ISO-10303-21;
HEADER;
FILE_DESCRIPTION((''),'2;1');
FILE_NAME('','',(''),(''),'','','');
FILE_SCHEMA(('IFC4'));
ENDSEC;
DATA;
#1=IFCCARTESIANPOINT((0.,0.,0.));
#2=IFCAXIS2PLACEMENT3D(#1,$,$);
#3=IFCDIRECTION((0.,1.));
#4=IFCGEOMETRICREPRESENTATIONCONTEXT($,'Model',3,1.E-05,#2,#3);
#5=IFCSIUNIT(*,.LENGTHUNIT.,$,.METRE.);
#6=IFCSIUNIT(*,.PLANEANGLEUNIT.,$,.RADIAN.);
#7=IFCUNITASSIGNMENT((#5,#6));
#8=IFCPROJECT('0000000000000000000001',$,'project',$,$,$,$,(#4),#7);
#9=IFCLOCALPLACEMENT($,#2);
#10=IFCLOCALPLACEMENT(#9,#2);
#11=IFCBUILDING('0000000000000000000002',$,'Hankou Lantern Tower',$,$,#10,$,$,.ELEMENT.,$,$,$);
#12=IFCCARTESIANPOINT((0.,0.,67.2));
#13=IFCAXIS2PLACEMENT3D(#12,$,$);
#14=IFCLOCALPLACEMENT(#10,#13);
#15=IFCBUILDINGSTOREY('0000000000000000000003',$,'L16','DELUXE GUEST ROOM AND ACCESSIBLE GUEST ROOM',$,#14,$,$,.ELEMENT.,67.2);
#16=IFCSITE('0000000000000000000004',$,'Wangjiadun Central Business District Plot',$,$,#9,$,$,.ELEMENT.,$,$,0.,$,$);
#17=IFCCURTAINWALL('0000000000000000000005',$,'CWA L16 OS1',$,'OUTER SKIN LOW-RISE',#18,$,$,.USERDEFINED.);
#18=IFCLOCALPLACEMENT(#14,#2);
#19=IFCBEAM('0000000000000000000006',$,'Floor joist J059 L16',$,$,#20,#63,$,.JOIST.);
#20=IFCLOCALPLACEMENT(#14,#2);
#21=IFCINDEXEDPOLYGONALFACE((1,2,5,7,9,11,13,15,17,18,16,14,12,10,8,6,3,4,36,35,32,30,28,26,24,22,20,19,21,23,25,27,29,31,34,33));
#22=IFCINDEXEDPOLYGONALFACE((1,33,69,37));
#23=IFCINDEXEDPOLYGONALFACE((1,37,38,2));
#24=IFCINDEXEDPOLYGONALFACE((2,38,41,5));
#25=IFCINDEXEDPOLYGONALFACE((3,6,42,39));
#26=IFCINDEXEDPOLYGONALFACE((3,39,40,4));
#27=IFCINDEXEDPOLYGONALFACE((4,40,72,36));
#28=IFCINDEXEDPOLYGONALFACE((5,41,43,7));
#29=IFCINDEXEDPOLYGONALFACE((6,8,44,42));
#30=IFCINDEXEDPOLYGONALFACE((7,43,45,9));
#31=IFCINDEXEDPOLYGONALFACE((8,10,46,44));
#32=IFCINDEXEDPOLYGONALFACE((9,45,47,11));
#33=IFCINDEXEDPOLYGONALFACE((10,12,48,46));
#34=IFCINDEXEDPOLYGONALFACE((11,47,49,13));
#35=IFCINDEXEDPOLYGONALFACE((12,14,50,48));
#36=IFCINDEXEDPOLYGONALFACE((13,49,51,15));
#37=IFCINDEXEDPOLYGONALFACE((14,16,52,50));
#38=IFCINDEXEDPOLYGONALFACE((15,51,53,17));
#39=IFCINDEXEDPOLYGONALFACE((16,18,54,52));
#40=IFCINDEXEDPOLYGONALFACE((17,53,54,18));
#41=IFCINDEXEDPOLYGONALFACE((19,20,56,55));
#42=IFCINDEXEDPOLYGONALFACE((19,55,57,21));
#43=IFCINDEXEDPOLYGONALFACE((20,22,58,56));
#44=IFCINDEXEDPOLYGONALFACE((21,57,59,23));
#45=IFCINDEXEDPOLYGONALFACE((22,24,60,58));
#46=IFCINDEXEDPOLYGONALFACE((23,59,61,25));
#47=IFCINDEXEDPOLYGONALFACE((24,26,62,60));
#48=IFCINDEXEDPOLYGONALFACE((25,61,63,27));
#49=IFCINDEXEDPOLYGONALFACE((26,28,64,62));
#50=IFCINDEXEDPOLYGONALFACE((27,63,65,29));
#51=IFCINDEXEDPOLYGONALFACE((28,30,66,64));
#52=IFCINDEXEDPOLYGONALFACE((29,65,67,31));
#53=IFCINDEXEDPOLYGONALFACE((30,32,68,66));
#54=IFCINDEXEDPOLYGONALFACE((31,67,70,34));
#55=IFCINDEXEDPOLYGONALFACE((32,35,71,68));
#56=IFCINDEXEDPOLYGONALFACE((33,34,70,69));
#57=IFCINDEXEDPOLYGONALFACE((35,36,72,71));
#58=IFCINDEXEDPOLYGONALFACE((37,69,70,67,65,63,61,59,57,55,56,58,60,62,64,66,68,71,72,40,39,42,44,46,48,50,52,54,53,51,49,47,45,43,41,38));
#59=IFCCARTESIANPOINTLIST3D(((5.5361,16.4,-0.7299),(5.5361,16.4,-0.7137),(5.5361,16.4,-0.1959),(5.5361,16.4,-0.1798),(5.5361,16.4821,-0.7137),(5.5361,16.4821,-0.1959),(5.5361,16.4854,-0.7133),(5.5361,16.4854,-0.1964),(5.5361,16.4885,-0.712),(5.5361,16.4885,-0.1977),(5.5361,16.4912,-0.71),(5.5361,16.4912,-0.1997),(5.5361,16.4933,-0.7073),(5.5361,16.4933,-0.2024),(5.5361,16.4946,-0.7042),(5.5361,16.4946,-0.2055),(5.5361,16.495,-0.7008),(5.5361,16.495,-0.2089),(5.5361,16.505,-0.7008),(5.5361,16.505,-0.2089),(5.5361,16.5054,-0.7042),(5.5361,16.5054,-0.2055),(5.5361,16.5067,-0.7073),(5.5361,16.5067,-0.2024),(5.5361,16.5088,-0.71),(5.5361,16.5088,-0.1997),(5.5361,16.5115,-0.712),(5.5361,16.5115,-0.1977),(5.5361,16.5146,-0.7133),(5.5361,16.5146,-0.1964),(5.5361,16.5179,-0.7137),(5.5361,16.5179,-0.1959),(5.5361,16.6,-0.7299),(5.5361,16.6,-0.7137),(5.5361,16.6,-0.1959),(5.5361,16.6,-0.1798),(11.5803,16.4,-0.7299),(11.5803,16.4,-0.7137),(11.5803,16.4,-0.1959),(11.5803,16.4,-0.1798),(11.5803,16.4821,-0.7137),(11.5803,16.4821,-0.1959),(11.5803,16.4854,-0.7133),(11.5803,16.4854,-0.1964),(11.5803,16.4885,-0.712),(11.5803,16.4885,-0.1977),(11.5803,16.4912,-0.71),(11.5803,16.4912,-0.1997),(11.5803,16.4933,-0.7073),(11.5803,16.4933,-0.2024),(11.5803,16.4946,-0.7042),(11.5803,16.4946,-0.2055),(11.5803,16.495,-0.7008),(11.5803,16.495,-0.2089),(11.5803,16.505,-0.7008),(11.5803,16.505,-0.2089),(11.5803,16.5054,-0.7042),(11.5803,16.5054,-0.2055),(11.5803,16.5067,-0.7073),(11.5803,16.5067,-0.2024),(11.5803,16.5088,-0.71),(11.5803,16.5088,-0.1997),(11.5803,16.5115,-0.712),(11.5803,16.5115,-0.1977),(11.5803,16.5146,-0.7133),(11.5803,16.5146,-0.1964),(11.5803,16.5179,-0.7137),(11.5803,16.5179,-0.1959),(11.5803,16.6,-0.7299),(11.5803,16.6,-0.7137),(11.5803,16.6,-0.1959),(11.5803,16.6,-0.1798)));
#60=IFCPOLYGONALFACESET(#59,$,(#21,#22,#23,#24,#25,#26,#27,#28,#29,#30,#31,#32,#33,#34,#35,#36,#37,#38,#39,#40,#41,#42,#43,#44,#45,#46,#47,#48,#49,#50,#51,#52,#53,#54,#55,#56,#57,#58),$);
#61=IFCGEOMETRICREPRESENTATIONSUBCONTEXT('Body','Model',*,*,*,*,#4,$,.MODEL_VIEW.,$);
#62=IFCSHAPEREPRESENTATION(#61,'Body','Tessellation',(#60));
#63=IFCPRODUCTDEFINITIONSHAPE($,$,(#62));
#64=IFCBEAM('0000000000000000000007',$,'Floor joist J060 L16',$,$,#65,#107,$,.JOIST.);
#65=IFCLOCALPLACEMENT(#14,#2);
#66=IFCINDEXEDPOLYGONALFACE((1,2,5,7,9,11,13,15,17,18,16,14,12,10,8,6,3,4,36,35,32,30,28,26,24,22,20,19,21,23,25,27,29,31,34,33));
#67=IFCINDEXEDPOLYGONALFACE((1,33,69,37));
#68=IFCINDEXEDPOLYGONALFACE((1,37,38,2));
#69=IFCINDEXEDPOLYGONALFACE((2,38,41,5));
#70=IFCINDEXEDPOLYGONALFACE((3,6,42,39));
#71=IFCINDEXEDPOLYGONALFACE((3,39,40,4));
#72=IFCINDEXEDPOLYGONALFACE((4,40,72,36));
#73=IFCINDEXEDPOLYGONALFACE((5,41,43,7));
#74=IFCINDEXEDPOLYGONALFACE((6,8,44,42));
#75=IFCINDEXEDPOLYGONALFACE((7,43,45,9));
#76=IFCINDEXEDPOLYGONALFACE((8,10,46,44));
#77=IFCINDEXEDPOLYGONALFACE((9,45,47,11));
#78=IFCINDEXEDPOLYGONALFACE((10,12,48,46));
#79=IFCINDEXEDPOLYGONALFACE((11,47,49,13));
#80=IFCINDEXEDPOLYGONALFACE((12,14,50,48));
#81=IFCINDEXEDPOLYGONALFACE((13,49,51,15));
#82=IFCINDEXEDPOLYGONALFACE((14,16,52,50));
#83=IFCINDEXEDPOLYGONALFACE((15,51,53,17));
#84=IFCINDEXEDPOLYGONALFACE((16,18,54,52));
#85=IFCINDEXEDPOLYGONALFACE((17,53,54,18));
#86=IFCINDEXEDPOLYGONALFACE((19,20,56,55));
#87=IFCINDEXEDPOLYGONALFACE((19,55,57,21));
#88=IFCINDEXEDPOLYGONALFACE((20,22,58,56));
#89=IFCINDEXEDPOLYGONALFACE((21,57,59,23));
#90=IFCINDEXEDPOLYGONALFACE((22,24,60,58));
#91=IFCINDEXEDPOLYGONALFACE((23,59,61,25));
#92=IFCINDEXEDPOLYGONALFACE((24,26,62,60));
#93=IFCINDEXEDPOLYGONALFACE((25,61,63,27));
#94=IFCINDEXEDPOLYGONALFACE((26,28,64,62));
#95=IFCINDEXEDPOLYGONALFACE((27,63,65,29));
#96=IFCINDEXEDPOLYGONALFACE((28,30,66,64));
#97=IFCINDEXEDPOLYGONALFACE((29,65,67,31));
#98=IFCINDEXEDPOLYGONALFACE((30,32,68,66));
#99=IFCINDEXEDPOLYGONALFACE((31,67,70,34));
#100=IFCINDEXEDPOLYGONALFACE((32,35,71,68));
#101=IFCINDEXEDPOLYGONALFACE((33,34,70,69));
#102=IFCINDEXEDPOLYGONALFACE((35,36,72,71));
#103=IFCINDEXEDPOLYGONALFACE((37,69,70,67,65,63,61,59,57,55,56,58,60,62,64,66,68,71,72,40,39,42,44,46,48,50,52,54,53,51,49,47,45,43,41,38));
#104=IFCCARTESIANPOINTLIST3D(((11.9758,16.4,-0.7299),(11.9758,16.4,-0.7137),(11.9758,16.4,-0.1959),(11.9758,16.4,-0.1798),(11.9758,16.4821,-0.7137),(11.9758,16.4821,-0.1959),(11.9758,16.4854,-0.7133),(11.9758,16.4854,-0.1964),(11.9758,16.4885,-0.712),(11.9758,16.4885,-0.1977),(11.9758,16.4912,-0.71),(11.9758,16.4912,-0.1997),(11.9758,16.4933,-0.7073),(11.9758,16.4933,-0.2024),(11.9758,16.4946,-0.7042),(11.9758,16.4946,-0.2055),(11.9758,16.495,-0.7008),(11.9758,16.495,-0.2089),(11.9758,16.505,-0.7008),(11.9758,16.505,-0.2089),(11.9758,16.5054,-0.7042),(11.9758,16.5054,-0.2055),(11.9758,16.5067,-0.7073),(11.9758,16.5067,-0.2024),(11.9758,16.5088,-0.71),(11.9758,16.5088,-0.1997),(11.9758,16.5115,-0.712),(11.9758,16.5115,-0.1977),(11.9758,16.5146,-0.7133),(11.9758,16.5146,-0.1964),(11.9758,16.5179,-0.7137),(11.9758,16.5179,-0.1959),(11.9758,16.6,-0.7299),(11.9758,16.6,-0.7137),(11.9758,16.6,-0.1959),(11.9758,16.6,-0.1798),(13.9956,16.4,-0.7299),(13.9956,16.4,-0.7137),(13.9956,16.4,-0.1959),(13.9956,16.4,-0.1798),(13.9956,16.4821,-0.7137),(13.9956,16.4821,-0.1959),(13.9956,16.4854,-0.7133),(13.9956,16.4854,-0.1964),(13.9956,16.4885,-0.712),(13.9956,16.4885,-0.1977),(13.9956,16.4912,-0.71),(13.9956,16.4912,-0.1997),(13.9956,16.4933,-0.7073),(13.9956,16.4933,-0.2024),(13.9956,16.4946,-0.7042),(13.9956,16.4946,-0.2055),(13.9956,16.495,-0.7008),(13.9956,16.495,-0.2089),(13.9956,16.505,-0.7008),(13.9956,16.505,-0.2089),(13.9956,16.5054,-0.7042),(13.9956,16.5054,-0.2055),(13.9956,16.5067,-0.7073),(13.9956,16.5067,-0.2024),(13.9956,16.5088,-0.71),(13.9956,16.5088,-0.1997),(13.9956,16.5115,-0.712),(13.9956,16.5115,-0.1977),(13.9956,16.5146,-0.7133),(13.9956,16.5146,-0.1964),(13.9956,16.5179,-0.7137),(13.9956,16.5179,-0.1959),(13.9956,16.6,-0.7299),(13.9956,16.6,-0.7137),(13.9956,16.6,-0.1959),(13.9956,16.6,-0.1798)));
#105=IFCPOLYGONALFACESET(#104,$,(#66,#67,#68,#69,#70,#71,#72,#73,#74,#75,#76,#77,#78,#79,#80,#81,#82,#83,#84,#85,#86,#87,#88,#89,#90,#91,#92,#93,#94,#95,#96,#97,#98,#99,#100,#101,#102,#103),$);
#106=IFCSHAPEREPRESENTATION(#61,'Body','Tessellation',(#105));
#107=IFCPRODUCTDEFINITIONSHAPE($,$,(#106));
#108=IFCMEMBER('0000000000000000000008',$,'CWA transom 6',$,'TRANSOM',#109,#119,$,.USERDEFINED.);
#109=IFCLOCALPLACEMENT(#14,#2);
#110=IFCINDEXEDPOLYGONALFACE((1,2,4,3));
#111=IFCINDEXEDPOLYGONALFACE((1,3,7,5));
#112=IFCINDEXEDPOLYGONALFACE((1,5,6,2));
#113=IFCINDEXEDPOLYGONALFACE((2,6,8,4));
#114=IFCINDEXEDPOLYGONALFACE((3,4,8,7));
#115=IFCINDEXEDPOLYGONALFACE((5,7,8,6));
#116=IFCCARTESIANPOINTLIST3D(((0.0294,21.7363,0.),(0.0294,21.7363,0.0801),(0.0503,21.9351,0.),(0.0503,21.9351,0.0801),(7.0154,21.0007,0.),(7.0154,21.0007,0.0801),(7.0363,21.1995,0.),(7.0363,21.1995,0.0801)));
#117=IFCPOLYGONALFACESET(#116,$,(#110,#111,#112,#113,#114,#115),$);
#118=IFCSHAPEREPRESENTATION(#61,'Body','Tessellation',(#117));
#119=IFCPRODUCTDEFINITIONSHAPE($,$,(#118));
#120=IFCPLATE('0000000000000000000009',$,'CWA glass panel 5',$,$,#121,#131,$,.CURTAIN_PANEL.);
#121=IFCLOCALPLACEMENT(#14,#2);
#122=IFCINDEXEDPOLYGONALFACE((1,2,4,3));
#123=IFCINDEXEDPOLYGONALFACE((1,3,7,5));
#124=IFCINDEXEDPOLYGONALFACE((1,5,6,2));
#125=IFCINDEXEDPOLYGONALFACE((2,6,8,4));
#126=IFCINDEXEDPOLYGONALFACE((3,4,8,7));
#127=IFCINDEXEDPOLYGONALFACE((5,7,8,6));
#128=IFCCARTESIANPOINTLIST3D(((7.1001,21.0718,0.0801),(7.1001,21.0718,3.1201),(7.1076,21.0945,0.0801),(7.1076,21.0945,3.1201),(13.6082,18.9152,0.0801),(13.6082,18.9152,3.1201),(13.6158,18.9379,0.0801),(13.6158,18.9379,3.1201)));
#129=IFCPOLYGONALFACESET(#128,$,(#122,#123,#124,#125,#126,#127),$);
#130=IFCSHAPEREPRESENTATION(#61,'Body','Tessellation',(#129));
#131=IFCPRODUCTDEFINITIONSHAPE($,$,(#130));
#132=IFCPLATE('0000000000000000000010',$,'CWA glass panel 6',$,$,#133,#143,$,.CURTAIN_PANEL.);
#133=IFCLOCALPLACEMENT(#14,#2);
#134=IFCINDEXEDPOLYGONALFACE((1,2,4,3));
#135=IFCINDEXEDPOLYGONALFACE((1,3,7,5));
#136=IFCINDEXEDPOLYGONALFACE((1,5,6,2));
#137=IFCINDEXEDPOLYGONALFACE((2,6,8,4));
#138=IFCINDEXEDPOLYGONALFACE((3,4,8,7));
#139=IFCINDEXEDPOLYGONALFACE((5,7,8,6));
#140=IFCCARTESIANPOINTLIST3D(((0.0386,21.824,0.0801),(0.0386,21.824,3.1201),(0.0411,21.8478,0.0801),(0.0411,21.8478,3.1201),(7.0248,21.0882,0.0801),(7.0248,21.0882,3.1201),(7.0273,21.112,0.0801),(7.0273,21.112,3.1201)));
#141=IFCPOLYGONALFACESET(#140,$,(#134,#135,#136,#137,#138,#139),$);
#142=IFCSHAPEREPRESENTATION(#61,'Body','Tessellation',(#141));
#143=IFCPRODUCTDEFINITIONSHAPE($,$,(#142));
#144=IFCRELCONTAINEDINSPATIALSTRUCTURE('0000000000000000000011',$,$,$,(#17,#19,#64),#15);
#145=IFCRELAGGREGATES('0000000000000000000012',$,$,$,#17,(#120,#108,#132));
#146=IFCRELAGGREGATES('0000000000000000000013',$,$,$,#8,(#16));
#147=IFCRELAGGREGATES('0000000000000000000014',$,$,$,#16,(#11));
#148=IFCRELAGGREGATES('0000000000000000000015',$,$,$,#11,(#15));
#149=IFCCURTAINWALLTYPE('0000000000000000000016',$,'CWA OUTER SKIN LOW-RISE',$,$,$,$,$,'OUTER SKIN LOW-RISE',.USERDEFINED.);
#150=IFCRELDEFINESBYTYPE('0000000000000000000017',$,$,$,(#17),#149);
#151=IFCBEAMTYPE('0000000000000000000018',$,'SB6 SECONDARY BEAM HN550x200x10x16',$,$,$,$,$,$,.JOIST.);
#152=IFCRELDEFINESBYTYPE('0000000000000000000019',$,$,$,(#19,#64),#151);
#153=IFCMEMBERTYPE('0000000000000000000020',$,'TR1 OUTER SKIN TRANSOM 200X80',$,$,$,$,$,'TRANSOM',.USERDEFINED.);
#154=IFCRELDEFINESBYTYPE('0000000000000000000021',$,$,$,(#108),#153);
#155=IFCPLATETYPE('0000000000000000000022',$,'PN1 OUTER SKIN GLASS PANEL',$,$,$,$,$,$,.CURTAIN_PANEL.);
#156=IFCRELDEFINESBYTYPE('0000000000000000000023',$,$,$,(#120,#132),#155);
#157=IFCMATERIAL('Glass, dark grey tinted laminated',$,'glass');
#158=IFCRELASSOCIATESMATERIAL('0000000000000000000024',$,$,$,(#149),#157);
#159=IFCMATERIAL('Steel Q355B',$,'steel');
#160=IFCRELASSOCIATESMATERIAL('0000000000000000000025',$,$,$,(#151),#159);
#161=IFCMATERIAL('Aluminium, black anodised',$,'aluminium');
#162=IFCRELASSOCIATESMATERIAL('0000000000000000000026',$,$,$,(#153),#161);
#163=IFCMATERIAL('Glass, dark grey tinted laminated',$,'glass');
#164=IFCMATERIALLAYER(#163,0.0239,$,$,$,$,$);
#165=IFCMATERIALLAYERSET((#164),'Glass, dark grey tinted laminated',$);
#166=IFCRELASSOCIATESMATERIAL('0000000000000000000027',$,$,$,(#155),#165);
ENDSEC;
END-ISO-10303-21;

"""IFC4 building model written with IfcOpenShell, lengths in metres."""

from ifc_helpers import new_model, si_unit, direction, frame, origin, origin_2d, place, context, subcontext, project, spatial, rectangle, i_section, extrude, material, layer, layer_set, material_profile, profile_set, type_object, element, aggregate, save


model = new_model("IFC4")

# Units and contexts
model_context = context("Model", 3, precision=1e-05, world=origin(), true_north=direction((0.0, 1.0)))
body_context = subcontext(model_context, "Body", "Model", "MODEL_VIEW")
ifc_project = project(units=[si_unit("LENGTHUNIT", "METRE"), si_unit("PLANEANGLEUNIT", "RADIAN")], contexts=[model_context])

# Site, building, storey
site_placement = place(None, origin())
site = spatial("IfcSite", under=ifc_project, at=site_placement, Name="Wangjiadun Central Business District Plot", CompositionType="ELEMENT", RefElevation=0.0)
building_placement = place(site_placement, origin())
building = spatial("IfcBuilding", under=site, at=building_placement, Name="Hankou Lantern Tower", CompositionType="ELEMENT")
storey_placement = place(building_placement, frame((0.0, 0.0, 67.2)))
storey = spatial("IfcBuildingStorey", under=building, at=storey_placement, Name="L16", Description="DELUXE GUEST ROOM AND ACCESSIBLE GUEST ROOM", CompositionType="ELEMENT", Elevation=67.2)

# Curtain wall
ifc_material_1 = material(Name="Glass, dark grey tinted laminated", Category="glass")
curtain_wall_type = type_object("IfcCurtainWallType", Name="CWA OUTER SKIN LOW-RISE", ElementType="OUTER SKIN LOW-RISE", PredefinedType="USERDEFINED", material=ifc_material_1)
curtain_wall_1_placement = place(storey_placement, origin())
curtain_wall_1 = element("IfcCurtainWall", 1, at=curtain_wall_1_placement, inside=storey, type_object=curtain_wall_type, Name="CWA L16 OS1", ObjectType="OUTER SKIN LOW-RISE", PredefinedType="USERDEFINED")

# Beams
ifc_material_2 = material(Name="Steel Q355B", Category="steel")
ifc_material_profile_1 = material_profile(ifc_material_2, i_section(OverallWidth=0.2, OverallDepth=0.55, WebThickness=0.01, FlangeThickness=0.0161, FilletRadius=0.0129, at=origin_2d()), Name="HN550x200x10x16")
ifc_profile_set_1 = profile_set([ifc_material_profile_1], Name="Steel Q355B")
beam_type_1 = type_object("IfcBeamType", Name="SB6 SECONDARY BEAM HN550x200x10x16", PredefinedType="JOIST", material=ifc_profile_set_1)
beam_1_placement = place(storey_placement, frame((5.5361, 16.5, -0.4548), z_axis=(1.0, 0.0, 0.0), x_axis=(0.0, 1.0, 0.0)))
element("IfcBeam", 2, at=beam_1_placement, inside=storey, type_object=beam_type_1, Name="Floor joist J059 L16", PredefinedType="JOIST", context=body_context, shape_type="SweptSolid", body=[
    extrude(i_section(OverallWidth=0.2, OverallDepth=0.55, WebThickness=0.01, FlangeThickness=0.0161, FilletRadius=0.0129, at=origin_2d()), origin(), (0.0, 0.0, 1.0), 6.0442),
])
beam_2_placement = place(storey_placement, frame((11.9758, 16.5, -0.4548), z_axis=(1.0, 0.0, 0.0), x_axis=(0.0, 1.0, 0.0)))
element("IfcBeam", 3, at=beam_2_placement, inside=storey, type_object=beam_type_1, Name="Floor joist J060 L16", PredefinedType="JOIST", context=body_context, shape_type="SweptSolid", body=[
    extrude(i_section(OverallWidth=0.2, OverallDepth=0.55, WebThickness=0.01, FlangeThickness=0.0161, FilletRadius=0.0129, at=origin_2d()), origin(), (0.0, 0.0, 1.0), 2.0198),
])

# Member
ifc_material_3 = material(Name="Aluminium, black anodised", Category="aluminium")
ifc_material_profile_2 = material_profile(ifc_material_3, rectangle(XDim=0.2, YDim=0.0801, at=origin_2d()), Name="TR1 200X80")
ifc_profile_set_2 = profile_set([ifc_material_profile_2], Name="Aluminium, black anodised")
member_type_1 = type_object("IfcMemberType", Name="TR1 OUTER SKIN TRANSOM 200X80", ElementType="TRANSOM", PredefinedType="USERDEFINED", material=ifc_profile_set_2)
member_1_placement = place(storey_placement, frame((7.0259, 21.1001, 0.04), z_axis=(-0.994502, 0.104716, 0.0), x_axis=(-0.104716, -0.994502, 0.0)))
member_1 = element("IfcMember", 4, at=member_1_placement, type_object=member_type_1, Name="CWA transom 6", ObjectType="TRANSOM", PredefinedType="USERDEFINED", context=body_context, shape_type="SweptSolid", body=[
    extrude(rectangle(XDim=0.2, YDim=0.0801, at=origin_2d()), origin(), (0.0, 0.0, 1.0), 7.0247),
])

# Plates
ifc_material_4 = material(Name="Glass, dark grey tinted laminated", Category="glass")
ifc_layer_1 = layer(ifc_material_4, 0.0239)
ifc_layer_set_1 = layer_set([ifc_layer_1], Name="Glass, dark grey tinted laminated")
plate_type = type_object("IfcPlateType", Name="PN1 OUTER SKIN GLASS PANEL", PredefinedType="CURTAIN_PANEL", material=ifc_layer_set_1)
plate_1_placement = place(storey_placement, frame((10.3579, 20.0049, 0.0801), z_axis=(0.0, 0.0, 1.0), x_axis=(-0.949241, 0.314551, 0.0)))
plate_1 = element("IfcPlate", 5, at=plate_1_placement, type_object=plate_type, Name="CWA glass panel 5", PredefinedType="CURTAIN_PANEL", context=body_context, shape_type="SweptSolid", body=[
    extrude(rectangle(XDim=6.8562, YDim=0.0239, at=origin_2d()), origin(), (0.0, 0.0, 1.0), 3.04),
])
plate_2_placement = place(storey_placement, frame((3.533, 21.468, 0.0801), z_axis=(0.0, 0.0, 1.0), x_axis=(-0.994499, 0.104743, 0.0)))
plate_2 = element("IfcPlate", 6, at=plate_2_placement, type_object=plate_type, Name="CWA glass panel 6", PredefinedType="CURTAIN_PANEL", context=body_context, shape_type="SweptSolid", body=[
    extrude(rectangle(XDim=7.0249, YDim=0.0239, at=origin_2d()), origin(), (0.0, 0.0, 1.0), 3.04),
])
aggregate(curtain_wall_1, [plate_1, member_1, plate_2])

save(model, "model.ifc")
